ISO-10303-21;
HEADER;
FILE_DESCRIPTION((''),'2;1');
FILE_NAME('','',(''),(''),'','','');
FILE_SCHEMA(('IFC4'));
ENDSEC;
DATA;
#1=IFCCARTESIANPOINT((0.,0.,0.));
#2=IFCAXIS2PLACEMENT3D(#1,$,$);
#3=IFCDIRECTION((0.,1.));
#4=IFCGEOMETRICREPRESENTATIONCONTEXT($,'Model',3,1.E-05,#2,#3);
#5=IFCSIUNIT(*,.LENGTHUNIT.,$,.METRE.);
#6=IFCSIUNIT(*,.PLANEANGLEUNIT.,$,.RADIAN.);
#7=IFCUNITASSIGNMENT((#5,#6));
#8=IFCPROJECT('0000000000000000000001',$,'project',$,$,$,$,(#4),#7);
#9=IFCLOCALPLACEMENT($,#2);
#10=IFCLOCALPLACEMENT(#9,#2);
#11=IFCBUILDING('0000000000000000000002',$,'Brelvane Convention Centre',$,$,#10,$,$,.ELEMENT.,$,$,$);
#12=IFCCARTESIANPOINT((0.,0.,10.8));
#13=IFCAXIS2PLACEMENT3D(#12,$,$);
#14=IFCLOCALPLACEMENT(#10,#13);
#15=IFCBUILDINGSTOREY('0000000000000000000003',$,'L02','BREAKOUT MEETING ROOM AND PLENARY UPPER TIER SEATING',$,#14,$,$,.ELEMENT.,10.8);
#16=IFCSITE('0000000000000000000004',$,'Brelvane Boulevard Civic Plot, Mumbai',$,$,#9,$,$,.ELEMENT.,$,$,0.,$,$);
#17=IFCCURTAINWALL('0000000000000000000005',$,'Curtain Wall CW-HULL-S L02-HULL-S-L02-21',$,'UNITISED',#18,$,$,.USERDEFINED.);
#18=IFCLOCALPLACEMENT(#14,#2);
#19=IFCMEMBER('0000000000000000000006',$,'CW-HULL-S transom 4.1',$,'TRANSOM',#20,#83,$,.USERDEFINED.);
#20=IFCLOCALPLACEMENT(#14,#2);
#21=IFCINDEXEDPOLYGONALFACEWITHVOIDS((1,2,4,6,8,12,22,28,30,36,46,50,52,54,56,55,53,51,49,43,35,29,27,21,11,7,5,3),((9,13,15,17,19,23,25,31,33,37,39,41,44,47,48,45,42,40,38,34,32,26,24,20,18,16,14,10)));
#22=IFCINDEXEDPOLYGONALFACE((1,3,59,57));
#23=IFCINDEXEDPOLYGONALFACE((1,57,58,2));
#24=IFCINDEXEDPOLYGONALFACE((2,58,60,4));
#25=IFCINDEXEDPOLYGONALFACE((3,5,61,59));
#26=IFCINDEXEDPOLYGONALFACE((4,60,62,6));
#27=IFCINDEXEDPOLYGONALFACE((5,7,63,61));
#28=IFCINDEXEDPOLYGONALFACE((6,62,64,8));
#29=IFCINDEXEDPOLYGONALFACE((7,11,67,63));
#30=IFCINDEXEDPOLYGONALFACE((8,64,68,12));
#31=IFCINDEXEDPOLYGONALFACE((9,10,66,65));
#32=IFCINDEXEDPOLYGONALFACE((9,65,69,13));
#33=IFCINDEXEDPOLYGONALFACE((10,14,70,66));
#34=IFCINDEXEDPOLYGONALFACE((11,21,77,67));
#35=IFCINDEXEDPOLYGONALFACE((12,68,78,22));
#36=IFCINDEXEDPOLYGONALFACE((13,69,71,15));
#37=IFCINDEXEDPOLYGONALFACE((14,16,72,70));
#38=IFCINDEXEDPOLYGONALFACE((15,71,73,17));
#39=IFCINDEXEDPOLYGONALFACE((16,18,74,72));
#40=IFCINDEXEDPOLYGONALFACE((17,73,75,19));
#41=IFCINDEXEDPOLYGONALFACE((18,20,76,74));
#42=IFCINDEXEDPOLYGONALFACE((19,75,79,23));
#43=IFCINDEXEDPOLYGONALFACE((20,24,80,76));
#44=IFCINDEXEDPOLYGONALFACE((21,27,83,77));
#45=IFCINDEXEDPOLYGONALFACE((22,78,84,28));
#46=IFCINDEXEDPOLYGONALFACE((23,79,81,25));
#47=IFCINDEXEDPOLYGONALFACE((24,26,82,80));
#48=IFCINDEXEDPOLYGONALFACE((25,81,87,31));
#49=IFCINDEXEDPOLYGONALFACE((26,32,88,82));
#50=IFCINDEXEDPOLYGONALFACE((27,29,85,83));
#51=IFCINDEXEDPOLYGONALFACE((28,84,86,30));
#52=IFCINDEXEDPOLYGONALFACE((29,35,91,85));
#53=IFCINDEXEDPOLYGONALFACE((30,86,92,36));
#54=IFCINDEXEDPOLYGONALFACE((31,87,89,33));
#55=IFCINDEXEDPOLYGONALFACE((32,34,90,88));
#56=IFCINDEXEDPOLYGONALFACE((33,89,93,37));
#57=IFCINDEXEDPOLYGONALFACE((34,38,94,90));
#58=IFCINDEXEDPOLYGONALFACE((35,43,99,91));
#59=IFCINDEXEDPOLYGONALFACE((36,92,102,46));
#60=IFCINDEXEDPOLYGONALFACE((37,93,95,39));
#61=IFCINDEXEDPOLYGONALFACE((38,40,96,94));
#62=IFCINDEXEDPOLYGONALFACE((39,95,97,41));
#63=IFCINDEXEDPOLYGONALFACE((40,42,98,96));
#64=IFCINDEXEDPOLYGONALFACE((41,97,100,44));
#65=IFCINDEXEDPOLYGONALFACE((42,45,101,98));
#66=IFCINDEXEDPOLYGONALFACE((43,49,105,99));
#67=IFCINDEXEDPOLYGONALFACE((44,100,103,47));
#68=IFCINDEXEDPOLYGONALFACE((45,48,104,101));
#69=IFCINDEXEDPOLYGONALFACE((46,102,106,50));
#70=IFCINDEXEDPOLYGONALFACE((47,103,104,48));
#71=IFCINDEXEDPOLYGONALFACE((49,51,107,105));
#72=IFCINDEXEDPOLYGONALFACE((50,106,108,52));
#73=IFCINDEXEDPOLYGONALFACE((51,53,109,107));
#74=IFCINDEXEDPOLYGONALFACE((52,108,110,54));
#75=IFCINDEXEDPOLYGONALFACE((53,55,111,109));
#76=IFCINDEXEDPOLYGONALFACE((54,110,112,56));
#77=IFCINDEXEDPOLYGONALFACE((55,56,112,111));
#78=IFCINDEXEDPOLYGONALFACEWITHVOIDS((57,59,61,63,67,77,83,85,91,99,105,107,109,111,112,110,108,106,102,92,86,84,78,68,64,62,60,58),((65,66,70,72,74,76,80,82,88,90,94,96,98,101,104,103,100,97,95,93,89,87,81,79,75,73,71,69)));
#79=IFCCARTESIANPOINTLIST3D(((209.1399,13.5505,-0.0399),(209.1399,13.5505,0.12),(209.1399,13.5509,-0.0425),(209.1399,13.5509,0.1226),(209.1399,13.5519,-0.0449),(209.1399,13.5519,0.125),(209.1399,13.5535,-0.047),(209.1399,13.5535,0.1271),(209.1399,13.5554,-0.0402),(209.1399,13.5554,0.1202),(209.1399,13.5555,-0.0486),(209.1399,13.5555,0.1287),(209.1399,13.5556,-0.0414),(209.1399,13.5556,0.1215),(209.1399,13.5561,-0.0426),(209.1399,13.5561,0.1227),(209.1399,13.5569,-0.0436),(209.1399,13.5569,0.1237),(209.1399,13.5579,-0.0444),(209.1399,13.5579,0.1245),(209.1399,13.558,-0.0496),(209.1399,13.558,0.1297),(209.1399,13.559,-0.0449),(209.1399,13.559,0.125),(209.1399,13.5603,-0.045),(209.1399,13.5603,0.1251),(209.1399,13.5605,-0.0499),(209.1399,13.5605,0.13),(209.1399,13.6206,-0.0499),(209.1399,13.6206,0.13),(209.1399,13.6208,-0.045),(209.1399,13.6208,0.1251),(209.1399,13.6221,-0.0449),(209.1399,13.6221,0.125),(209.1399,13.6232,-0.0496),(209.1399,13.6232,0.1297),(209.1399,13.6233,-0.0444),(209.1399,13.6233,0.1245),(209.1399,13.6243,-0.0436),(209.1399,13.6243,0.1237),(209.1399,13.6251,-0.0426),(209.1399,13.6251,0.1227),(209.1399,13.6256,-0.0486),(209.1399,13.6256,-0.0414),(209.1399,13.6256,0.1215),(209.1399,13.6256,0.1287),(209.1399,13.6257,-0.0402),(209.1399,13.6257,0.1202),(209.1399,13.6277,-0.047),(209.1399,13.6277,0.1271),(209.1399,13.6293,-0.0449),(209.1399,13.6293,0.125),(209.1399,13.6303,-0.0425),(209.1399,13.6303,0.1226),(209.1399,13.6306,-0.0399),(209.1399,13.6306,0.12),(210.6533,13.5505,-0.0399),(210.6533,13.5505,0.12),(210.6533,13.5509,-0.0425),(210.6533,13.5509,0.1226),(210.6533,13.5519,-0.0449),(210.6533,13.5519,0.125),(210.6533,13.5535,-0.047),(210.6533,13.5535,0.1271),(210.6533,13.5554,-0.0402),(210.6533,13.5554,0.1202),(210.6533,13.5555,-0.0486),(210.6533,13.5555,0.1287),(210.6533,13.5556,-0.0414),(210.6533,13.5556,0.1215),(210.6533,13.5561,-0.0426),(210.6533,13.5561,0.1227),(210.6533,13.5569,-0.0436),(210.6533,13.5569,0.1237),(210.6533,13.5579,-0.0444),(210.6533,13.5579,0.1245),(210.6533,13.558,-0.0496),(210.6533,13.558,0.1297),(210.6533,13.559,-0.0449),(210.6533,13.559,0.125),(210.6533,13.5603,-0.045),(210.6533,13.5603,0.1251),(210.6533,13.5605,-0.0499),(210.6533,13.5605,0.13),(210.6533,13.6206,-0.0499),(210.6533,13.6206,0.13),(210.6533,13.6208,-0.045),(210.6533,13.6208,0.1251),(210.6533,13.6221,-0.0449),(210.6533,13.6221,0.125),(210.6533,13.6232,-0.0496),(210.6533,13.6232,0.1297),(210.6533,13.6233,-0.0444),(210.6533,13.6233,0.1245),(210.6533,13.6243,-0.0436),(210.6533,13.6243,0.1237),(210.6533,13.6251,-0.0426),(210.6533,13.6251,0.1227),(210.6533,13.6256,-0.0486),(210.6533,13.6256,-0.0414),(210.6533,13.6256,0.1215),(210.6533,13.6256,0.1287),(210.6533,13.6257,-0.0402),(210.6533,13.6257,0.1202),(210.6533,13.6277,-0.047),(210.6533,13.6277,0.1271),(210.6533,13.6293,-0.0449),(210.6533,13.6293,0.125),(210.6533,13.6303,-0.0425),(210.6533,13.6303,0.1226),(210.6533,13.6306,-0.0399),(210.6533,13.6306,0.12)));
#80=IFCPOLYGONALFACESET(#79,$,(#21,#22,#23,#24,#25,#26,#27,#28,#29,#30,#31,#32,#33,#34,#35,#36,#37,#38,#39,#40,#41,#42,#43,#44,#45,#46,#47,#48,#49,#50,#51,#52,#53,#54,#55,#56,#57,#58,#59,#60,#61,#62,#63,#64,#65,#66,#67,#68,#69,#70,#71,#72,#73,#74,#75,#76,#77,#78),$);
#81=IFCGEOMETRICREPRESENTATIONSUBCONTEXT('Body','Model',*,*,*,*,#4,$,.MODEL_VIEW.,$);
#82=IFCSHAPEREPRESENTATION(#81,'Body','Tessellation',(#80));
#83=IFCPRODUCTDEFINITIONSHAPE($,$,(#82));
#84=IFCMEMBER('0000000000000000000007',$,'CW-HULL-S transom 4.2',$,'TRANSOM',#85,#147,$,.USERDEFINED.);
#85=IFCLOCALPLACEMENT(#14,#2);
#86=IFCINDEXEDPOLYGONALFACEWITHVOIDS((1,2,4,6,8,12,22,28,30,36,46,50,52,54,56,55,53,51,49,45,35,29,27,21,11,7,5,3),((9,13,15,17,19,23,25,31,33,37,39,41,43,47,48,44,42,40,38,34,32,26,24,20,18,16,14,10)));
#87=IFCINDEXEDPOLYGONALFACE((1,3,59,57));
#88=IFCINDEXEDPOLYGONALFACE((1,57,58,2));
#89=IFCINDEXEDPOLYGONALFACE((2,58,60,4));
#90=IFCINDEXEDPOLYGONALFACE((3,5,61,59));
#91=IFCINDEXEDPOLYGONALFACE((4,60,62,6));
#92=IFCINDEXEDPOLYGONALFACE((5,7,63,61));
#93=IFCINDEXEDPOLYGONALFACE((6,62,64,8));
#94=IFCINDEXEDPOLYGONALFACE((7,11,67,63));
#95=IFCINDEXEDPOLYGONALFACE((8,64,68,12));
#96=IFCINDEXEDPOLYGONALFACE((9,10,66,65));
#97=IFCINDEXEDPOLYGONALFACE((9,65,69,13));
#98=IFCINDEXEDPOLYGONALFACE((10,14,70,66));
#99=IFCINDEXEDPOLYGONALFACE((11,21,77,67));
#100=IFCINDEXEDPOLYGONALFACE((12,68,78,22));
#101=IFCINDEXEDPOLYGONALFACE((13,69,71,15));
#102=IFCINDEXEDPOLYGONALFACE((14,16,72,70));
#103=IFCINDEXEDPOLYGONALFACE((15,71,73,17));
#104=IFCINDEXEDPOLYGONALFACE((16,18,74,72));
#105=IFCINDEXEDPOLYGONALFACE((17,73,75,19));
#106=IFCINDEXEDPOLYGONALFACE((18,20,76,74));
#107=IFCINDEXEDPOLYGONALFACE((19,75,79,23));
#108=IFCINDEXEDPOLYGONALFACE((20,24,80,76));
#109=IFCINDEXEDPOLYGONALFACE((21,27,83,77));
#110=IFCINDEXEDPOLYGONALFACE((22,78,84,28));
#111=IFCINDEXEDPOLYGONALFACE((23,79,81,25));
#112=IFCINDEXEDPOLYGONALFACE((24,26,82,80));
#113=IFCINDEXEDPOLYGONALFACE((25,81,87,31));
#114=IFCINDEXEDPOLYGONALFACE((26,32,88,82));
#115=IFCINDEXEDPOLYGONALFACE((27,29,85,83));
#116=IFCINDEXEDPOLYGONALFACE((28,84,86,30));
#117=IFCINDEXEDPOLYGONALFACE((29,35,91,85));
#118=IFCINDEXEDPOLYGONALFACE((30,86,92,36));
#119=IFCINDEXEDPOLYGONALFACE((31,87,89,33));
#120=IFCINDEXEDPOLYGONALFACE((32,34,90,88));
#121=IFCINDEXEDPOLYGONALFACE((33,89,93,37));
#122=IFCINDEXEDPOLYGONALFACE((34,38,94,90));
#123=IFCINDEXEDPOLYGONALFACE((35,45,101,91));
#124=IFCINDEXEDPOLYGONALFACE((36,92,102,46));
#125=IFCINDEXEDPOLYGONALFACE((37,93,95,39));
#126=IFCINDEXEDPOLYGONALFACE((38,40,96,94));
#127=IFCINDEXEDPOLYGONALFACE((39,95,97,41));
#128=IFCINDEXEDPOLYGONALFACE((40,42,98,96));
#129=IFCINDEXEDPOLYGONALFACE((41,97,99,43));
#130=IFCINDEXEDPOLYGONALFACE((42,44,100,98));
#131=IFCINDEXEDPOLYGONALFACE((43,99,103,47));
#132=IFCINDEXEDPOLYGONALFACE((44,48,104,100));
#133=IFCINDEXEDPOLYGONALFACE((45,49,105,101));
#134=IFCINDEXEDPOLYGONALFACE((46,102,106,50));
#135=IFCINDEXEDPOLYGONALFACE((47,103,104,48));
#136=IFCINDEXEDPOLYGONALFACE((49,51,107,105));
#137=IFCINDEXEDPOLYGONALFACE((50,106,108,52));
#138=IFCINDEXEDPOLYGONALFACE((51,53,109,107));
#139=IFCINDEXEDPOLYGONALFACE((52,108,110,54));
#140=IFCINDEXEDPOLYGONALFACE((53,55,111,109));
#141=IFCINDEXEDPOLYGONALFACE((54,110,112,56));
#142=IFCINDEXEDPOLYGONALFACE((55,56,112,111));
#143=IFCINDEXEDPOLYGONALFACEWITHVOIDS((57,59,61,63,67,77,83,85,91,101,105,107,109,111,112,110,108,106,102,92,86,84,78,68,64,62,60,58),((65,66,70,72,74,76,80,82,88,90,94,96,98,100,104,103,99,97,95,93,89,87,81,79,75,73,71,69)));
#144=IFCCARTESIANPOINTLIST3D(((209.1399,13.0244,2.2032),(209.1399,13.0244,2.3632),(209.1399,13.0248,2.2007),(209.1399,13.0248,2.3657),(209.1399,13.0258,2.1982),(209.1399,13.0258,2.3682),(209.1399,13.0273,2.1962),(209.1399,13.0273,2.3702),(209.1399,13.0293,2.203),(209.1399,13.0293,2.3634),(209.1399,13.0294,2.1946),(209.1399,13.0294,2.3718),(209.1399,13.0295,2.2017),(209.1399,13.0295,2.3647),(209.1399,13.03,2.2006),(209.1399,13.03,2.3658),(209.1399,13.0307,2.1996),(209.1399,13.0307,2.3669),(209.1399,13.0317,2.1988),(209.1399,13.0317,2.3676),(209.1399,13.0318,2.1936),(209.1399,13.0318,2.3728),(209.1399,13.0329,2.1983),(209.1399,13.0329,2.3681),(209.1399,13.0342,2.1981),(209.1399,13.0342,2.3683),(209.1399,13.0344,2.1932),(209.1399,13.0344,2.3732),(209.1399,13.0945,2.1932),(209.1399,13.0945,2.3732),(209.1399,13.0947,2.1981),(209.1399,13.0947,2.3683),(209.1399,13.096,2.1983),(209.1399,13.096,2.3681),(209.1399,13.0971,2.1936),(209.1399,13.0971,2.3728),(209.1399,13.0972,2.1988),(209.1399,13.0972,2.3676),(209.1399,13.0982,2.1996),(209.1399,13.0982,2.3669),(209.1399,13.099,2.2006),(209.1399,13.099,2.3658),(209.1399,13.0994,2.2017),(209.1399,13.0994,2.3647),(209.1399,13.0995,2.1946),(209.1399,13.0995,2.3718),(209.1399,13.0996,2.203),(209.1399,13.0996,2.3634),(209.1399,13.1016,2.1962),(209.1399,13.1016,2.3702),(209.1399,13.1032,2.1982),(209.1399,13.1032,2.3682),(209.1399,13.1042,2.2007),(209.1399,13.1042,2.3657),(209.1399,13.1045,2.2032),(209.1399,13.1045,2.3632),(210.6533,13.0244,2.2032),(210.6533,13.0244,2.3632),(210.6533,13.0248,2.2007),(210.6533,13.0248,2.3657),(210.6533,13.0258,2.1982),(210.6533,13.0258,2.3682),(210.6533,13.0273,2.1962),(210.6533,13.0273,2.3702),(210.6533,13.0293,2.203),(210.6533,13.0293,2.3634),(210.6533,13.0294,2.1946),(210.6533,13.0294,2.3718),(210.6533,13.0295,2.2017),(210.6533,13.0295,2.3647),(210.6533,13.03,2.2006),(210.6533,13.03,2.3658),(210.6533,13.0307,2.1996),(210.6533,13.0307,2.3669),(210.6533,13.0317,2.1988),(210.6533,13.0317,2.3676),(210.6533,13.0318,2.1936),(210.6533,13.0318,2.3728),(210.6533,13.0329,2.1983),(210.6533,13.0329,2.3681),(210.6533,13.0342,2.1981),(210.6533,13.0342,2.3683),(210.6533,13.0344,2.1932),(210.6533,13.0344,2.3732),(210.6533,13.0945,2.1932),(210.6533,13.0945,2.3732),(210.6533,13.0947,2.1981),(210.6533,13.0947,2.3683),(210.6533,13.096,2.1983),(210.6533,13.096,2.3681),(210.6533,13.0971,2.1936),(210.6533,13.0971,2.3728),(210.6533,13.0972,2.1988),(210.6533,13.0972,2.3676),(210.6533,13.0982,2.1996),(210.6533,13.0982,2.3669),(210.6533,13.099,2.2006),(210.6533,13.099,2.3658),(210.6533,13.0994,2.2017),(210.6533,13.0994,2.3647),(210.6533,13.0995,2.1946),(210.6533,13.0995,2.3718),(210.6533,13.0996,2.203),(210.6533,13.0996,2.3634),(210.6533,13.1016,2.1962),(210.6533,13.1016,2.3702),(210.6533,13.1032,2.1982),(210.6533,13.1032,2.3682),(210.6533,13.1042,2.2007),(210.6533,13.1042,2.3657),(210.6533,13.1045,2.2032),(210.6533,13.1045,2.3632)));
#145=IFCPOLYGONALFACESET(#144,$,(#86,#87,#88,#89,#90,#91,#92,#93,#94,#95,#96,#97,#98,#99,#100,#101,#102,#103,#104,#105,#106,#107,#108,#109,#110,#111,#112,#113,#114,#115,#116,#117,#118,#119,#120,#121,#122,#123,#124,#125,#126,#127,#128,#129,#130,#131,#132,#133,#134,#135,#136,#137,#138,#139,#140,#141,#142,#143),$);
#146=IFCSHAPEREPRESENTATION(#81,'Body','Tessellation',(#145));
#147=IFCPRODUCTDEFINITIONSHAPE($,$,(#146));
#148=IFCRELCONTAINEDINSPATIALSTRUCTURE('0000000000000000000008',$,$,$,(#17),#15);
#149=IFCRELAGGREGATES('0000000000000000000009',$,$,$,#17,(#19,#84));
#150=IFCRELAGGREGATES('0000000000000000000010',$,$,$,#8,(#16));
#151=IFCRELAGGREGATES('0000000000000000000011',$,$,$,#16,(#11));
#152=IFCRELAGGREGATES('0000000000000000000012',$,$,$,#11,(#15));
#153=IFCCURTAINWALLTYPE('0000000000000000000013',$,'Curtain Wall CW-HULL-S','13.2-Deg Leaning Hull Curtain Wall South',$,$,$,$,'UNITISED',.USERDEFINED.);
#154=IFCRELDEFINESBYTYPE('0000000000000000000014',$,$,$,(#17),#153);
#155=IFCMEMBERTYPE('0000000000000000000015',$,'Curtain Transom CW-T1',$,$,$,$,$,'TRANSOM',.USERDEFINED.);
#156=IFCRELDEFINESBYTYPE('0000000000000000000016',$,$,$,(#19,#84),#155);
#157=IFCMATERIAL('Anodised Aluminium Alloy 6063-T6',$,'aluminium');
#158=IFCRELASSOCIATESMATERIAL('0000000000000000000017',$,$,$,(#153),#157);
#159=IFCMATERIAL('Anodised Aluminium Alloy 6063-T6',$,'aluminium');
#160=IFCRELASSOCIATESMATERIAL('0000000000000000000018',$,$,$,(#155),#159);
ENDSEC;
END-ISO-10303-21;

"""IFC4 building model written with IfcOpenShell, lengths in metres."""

from ifc_helpers import new_model, si_unit, direction, frame, origin, origin_2d, place, context, subcontext, project, spatial, hollow_rectangle, extrude, material, material_profile, profile_set, type_object, element, aggregate, save


model = new_model("IFC4")

# Units and contexts
model_context = context("Model", 3, precision=1e-05, world=origin(), true_north=direction((0.0, 1.0)))
body_context = subcontext(model_context, "Body", "Model", "MODEL_VIEW")
ifc_project = project(units=[si_unit("LENGTHUNIT", "METRE"), si_unit("PLANEANGLEUNIT", "RADIAN")], contexts=[model_context])

# Site, building, storey
site_placement = place(None, origin())
site = spatial("IfcSite", under=ifc_project, at=site_placement, Name="Brelvane Boulevard Civic Plot, Mumbai", CompositionType="ELEMENT", RefElevation=0.0)
building_placement = place(site_placement, origin())
building = spatial("IfcBuilding", under=site, at=building_placement, Name="Brelvane Convention Centre", CompositionType="ELEMENT")
storey_placement = place(building_placement, frame((0.0, 0.0, 10.8)))
storey = spatial("IfcBuildingStorey", under=building, at=storey_placement, Name="L02", Description="BREAKOUT MEETING ROOM AND PLENARY UPPER TIER SEATING", CompositionType="ELEMENT", Elevation=10.8)

# Curtain wall, members
ifc_material_1 = material(Name="Anodised Aluminium Alloy 6063-T6", Category="aluminium")
curtain_wall_type = type_object("IfcCurtainWallType", Name="Curtain Wall CW-HULL-S", Description="13.2-Deg Leaning Hull Curtain Wall South", ElementType="UNITISED", PredefinedType="USERDEFINED", material=ifc_material_1)
curtain_wall_placement = place(storey_placement, origin())
curtain_wall = element("IfcCurtainWall", 1, at=curtain_wall_placement, inside=storey, type_object=curtain_wall_type, Name="Curtain Wall CW-HULL-S L02-HULL-S-L02-21", ObjectType="UNITISED", PredefinedType="USERDEFINED")
ifc_material_2 = material(Name="Anodised Aluminium Alloy 6063-T6", Category="aluminium")
ifc_material_profile_1 = material_profile(ifc_material_2, hollow_rectangle(XDim=0.0801, YDim=0.1799, WallThickness=0.0049, InnerFilletRadius=0.0049, OuterFilletRadius=0.01, at=origin_2d()), Name="ALU-T 180x80x5.0")
ifc_profile_set_1 = profile_set([ifc_material_profile_1], Name="Anodised Aluminium Alloy 6063-T6")
member_type_1 = type_object("IfcMemberType", Name="Curtain Transom CW-T1", ElementType="TRANSOM", PredefinedType="USERDEFINED", material=ifc_profile_set_1)
member_1_placement = place(storey_placement, frame((209.1399, 13.5906, 0.04), z_axis=(1.0, 0.0, 0.0), x_axis=(0.0, 1.0, 0.0)))
member_1 = element("IfcMember", 2, at=member_1_placement, type_object=member_type_1, Name="CW-HULL-S transom 4.1", ObjectType="TRANSOM", PredefinedType="USERDEFINED", context=body_context, shape_type="SweptSolid", body=[
    extrude(hollow_rectangle(XDim=0.0801, YDim=0.1799, WallThickness=0.0049, InnerFilletRadius=0.0049, OuterFilletRadius=0.01, at=origin_2d()), origin(), (0.0, 0.0, 1.0), 1.5134),
])
member_2_placement = place(storey_placement, frame((209.1399, 13.0645, 2.2832), z_axis=(1.0, 0.0, 0.0), x_axis=(0.0, 1.0, 0.0)))
member_2 = element("IfcMember", 3, at=member_2_placement, type_object=member_type_1, Name="CW-HULL-S transom 4.2", ObjectType="TRANSOM", PredefinedType="USERDEFINED", context=body_context, shape_type="SweptSolid", body=[
    extrude(hollow_rectangle(XDim=0.0801, YDim=0.1799, WallThickness=0.0049, InnerFilletRadius=0.0049, OuterFilletRadius=0.01, at=origin_2d()), origin(), (0.0, 0.0, 1.0), 1.5134),
])

aggregate(curtain_wall, [member_1, member_2])

save(model, "model.ifc")
